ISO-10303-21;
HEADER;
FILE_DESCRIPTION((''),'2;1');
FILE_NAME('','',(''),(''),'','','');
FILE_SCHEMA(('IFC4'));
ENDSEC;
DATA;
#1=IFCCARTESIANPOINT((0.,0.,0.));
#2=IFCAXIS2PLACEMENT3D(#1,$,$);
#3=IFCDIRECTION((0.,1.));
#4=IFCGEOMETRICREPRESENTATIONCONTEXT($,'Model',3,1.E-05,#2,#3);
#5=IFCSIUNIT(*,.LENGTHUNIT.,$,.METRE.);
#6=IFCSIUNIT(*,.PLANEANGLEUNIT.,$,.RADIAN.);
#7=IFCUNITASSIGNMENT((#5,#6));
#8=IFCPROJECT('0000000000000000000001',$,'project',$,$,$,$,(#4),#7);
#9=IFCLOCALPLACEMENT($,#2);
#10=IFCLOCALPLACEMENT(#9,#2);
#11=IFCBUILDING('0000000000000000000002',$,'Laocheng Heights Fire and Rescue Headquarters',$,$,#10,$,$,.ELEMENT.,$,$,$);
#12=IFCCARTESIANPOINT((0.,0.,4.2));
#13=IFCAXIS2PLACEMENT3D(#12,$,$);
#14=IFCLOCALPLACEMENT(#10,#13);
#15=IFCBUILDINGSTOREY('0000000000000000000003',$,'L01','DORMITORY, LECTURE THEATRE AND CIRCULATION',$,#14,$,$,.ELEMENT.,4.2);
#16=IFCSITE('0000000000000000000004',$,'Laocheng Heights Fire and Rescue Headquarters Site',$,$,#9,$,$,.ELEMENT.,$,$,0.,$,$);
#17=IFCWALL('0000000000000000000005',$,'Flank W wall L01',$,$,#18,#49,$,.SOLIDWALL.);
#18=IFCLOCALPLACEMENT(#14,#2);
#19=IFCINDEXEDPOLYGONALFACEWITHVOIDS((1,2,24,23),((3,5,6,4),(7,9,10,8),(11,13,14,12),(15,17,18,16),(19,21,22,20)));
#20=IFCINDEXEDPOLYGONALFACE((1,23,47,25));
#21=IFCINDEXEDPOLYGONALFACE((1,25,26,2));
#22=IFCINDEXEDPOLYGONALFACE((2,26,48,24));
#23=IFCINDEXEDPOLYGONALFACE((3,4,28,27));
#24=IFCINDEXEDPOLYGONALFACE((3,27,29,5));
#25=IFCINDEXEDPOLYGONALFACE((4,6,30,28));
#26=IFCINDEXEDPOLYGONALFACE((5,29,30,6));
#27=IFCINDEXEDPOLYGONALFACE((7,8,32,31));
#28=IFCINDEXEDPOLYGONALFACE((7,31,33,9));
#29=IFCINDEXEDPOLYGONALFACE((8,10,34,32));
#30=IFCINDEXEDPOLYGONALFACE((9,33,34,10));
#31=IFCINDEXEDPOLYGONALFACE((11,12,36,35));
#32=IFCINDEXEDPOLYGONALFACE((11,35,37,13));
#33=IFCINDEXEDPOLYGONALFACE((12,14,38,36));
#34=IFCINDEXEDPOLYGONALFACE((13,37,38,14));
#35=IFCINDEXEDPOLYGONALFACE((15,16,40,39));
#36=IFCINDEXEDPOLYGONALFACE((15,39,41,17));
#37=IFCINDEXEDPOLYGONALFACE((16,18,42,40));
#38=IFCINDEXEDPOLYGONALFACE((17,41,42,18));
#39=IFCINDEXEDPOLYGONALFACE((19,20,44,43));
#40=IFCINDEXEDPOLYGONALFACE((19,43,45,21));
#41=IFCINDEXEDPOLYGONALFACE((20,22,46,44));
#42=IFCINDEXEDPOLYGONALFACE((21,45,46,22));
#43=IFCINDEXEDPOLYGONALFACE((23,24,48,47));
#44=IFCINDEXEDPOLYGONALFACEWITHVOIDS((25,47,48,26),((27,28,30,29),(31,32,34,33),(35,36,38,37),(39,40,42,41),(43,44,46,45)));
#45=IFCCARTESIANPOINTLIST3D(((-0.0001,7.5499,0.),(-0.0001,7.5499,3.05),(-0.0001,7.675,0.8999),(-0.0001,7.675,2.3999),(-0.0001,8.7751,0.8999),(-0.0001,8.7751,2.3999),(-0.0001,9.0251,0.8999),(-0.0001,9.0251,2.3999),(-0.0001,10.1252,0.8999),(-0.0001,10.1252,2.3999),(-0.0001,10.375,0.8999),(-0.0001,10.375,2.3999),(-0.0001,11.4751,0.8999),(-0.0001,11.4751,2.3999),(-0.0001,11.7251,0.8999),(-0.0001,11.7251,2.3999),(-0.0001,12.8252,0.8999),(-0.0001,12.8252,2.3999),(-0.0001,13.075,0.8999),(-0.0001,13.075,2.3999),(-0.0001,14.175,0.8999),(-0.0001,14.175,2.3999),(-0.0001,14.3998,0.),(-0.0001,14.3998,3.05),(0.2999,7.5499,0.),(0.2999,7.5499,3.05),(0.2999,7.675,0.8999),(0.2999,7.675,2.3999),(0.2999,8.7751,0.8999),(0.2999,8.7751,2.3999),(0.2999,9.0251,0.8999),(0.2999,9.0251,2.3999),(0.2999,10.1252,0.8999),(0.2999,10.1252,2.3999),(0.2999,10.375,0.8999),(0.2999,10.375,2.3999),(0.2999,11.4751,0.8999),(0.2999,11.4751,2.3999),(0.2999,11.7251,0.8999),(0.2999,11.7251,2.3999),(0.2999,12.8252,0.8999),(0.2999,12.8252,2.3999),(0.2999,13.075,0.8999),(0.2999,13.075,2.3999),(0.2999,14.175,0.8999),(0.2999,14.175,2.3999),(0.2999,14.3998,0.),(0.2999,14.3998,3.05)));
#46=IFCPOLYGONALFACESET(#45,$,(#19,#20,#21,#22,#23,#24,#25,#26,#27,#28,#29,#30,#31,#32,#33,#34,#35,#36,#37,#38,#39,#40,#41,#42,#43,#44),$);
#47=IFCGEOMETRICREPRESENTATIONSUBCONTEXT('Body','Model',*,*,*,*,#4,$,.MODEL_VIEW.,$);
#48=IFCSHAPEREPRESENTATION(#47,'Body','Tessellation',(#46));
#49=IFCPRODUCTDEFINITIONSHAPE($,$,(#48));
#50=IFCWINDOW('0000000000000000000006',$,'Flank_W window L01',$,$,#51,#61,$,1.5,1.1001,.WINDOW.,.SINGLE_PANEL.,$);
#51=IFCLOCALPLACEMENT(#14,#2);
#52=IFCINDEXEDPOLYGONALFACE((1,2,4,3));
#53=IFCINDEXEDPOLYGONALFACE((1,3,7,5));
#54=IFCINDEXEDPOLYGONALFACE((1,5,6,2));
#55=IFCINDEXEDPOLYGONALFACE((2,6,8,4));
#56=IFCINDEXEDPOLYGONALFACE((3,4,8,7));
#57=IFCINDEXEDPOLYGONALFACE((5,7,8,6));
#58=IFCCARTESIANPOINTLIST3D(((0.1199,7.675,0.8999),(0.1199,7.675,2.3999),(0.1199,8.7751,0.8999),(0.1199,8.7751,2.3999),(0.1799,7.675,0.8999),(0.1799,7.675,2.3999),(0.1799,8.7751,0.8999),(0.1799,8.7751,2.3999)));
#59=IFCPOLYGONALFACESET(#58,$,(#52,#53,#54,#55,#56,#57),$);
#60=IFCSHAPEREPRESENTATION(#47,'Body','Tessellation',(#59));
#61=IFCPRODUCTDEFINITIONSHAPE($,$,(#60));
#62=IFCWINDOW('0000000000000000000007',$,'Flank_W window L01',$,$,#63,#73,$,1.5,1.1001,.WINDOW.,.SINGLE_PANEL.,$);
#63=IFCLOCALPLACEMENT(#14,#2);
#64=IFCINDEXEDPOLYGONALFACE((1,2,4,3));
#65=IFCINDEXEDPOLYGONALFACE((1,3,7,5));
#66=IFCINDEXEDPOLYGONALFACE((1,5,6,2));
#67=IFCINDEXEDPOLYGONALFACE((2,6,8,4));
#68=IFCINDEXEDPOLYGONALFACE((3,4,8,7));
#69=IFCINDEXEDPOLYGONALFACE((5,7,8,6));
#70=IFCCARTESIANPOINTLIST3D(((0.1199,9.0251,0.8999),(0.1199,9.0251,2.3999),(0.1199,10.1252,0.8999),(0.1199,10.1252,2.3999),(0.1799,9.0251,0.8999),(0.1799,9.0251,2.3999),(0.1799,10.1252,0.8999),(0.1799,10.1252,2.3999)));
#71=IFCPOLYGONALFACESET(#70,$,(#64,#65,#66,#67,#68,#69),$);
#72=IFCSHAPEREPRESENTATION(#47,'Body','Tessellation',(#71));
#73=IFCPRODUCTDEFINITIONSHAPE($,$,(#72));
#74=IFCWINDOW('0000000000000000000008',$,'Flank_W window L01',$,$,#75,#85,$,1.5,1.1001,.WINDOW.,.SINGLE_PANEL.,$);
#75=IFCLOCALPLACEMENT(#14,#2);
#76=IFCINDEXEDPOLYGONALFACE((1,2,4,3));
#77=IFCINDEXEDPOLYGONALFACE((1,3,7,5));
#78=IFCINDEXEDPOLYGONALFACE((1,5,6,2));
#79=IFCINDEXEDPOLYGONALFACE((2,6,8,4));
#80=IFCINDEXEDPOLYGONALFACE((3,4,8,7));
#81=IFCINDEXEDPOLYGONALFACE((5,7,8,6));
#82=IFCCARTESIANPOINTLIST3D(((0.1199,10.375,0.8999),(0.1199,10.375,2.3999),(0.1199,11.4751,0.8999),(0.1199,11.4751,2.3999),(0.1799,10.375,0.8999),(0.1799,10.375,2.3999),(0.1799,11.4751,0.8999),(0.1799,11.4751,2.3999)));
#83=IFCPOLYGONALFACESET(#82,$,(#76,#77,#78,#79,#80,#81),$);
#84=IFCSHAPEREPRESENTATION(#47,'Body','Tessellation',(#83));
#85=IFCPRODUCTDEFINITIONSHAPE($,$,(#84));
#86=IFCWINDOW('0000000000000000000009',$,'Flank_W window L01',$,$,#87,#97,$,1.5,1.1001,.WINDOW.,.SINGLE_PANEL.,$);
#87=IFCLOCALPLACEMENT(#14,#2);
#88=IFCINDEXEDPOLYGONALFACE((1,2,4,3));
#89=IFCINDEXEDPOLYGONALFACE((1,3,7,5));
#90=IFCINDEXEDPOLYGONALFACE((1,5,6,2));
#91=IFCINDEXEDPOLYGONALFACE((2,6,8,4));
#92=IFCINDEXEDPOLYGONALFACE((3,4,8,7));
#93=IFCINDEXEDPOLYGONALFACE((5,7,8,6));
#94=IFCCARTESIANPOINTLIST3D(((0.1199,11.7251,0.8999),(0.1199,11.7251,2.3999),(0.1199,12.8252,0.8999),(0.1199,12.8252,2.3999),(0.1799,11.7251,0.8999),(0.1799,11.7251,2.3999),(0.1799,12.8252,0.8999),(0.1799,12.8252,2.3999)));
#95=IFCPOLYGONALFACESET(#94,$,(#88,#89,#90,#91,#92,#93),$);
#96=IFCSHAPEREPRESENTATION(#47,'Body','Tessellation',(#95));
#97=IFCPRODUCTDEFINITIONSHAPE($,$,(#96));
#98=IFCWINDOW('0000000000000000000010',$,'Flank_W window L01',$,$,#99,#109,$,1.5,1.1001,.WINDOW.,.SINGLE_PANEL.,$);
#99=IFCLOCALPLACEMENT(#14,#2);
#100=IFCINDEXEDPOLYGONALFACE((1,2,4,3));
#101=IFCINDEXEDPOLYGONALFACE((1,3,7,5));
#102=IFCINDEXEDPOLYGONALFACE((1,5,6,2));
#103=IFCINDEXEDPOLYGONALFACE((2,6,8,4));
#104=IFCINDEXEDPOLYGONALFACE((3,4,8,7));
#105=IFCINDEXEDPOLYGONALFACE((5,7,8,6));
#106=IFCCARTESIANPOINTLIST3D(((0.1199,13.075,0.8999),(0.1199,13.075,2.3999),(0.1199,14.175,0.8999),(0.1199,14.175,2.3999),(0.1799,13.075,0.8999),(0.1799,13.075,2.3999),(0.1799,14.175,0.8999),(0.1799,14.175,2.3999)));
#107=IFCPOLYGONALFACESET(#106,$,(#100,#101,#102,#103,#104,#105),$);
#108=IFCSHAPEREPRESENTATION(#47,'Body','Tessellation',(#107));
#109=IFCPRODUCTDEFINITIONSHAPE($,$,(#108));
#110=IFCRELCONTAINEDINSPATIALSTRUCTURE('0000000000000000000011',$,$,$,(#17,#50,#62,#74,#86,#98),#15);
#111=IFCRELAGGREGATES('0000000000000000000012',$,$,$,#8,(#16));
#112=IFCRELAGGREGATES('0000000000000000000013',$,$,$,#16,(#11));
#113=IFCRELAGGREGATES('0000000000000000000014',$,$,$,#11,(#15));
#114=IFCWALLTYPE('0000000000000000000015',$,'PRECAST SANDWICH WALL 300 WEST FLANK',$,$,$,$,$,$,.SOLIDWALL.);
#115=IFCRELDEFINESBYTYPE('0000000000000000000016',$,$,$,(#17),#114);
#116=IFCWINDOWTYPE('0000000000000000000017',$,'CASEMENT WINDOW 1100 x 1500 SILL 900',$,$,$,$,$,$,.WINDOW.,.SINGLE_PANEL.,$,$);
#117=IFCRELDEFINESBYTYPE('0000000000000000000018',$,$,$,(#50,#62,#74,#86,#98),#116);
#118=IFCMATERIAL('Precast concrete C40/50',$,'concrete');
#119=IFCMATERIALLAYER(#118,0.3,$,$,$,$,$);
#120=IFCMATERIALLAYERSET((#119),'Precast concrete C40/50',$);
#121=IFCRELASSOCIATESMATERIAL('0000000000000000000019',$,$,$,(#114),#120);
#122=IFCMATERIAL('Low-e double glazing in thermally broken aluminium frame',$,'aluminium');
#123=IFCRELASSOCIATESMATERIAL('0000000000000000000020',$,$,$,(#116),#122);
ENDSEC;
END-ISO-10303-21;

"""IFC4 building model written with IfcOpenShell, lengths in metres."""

from ifc_helpers import new_model, si_unit, direction, frame, frame_2d, origin, place, context, subcontext, project, spatial, rectangle, extrude, material, layer, layer_set, type_object, element, fill, save


model = new_model("IFC4")

# Units and contexts
model_context = context("Model", 3, precision=1e-05, world=origin(), true_north=direction((0.0, 1.0)))
body_context = subcontext(model_context, "Body", "Model", "MODEL_VIEW")
ifc_project = project(units=[si_unit("LENGTHUNIT", "METRE"), si_unit("PLANEANGLEUNIT", "RADIAN")], contexts=[model_context])

# Site, building, storey
site_placement = place(None, origin())
site = spatial("IfcSite", under=ifc_project, at=site_placement, Name="Laocheng Heights Fire and Rescue Headquarters Site", CompositionType="ELEMENT", RefElevation=0.0)
building_placement = place(site_placement, origin())
building = spatial("IfcBuilding", under=site, at=building_placement, Name="Laocheng Heights Fire and Rescue Headquarters", CompositionType="ELEMENT")
storey_placement = place(building_placement, frame((0.0, 0.0, 4.2)))
storey = spatial("IfcBuildingStorey", under=building, at=storey_placement, Name="L01", Description="DORMITORY, LECTURE THEATRE AND CIRCULATION", CompositionType="ELEMENT", Elevation=4.2)

# Wall, openings, windows
ifc_material_1 = material(Name="Precast concrete C40/50", Category="concrete")
ifc_layer_1 = layer(ifc_material_1, 0.3)
ifc_layer_set_1 = layer_set([ifc_layer_1], Name="Precast concrete C40/50")
wall_type_1 = type_object("IfcWallType", Name="PRECAST SANDWICH WALL 300 WEST FLANK", PredefinedType="SOLIDWALL", material=ifc_layer_set_1)
wall_1_placement = place(storey_placement, frame((0.1499, 7.55, 0.0), z_axis=(0.0, 0.0, 1.0), x_axis=(0.0, 1.0, 0.0)))
wall_1 = element("IfcWall", 1, at=wall_1_placement, inside=storey, type_object=wall_type_1, Name="Flank W wall L01", PredefinedType="SOLIDWALL", context=body_context, shape_type="SweptSolid", body=[
    extrude(rectangle(XDim=6.8499, YDim=0.3, at=frame_2d((3.4248, 0.0))), origin(), (0.0, 0.0, 1.0), 3.05),
])
opening_1_placement = place(wall_1_placement, frame((0.125, 0.0, 0.8999)))
opening_1 = element("IfcOpeningElement", 2, at=opening_1_placement, cuts=wall_1, PredefinedType="OPENING", context=body_context, shape_type="SweptSolid", body=[
    extrude(rectangle(XDim=1.1001, YDim=1.5, at=frame_2d((0.55, 0.75))), frame((0.0, 0.1599, 0.0), z_axis=(0.0, -1.0, 0.0), x_axis=(1.0, 0.0, 0.0)), (0.0, 0.0, 1.0), 0.3201),
])
opening_2_placement = place(wall_1_placement, frame((1.4751, 0.0, 0.8999)))
opening_2 = element("IfcOpeningElement", 3, at=opening_2_placement, cuts=wall_1, PredefinedType="OPENING", context=body_context, shape_type="SweptSolid", body=[
    extrude(rectangle(XDim=1.1001, YDim=1.5, at=frame_2d((0.55, 0.75))), frame((0.0, 0.1599, 0.0), z_axis=(0.0, -1.0, 0.0), x_axis=(1.0, 0.0, 0.0)), (0.0, 0.0, 1.0), 0.3201),
])
opening_3_placement = place(wall_1_placement, frame((2.825, 0.0, 0.8999)))
opening_3 = element("IfcOpeningElement", 4, at=opening_3_placement, cuts=wall_1, PredefinedType="OPENING", context=body_context, shape_type="SweptSolid", body=[
    extrude(rectangle(XDim=1.1001, YDim=1.5, at=frame_2d((0.55, 0.75))), frame((0.0, 0.1599, 0.0), z_axis=(0.0, -1.0, 0.0), x_axis=(1.0, 0.0, 0.0)), (0.0, 0.0, 1.0), 0.3201),
])
opening_4_placement = place(wall_1_placement, frame((4.175, 0.0, 0.8999)))
opening_4 = element("IfcOpeningElement", 5, at=opening_4_placement, cuts=wall_1, PredefinedType="OPENING", context=body_context, shape_type="SweptSolid", body=[
    extrude(rectangle(XDim=1.1001, YDim=1.5, at=frame_2d((0.55, 0.75))), frame((0.0, 0.1599, 0.0), z_axis=(0.0, -1.0, 0.0), x_axis=(1.0, 0.0, 0.0)), (0.0, 0.0, 1.0), 0.3201),
])
opening_5_placement = place(wall_1_placement, frame((5.5249, 0.0, 0.8999)))
opening_5 = element("IfcOpeningElement", 6, at=opening_5_placement, cuts=wall_1, PredefinedType="OPENING", context=body_context, shape_type="SweptSolid", body=[
    extrude(rectangle(XDim=1.1001, YDim=1.5, at=frame_2d((0.55, 0.75))), frame((0.0, 0.1599, 0.0), z_axis=(0.0, -1.0, 0.0), x_axis=(1.0, 0.0, 0.0)), (0.0, 0.0, 1.0), 0.3201),
])
ifc_material_2 = material(Name="Low-e double glazing in thermally broken aluminium frame", Category="aluminium")
window_type = type_object("IfcWindowType", Name="CASEMENT WINDOW 1100 x 1500 SILL 900", PartitioningType="SINGLE_PANEL", PredefinedType="WINDOW", material=ifc_material_2)
window_1_placement = place(opening_1_placement, origin())
window_1 = element("IfcWindow", 7, at=window_1_placement, inside=storey, type_object=window_type, Name="Flank_W window L01", OverallHeight=1.5, OverallWidth=1.1001, PartitioningType="SINGLE_PANEL", PredefinedType="WINDOW", context=body_context, shape_type="SweptSolid", body=[
    extrude(rectangle(XDim=1.1001, YDim=1.5, at=frame_2d((0.55, 0.75))), frame((0.0, 0.03, 0.0), z_axis=(0.0, -1.0, 0.0), x_axis=(1.0, 0.0, 0.0)), (0.0, 0.0, 1.0), 0.0601),
])
fill(opening_1, window_1)
window_2_placement = place(opening_2_placement, origin())
window_2 = element("IfcWindow", 8, at=window_2_placement, inside=storey, type_object=window_type, Name="Flank_W window L01", OverallHeight=1.5, OverallWidth=1.1001, PartitioningType="SINGLE_PANEL", PredefinedType="WINDOW", context=body_context, shape_type="SweptSolid", body=[
    extrude(rectangle(XDim=1.1001, YDim=1.5, at=frame_2d((0.55, 0.75))), frame((0.0, 0.03, 0.0), z_axis=(0.0, -1.0, 0.0), x_axis=(1.0, 0.0, 0.0)), (0.0, 0.0, 1.0), 0.0601),
])
fill(opening_2, window_2)
window_3_placement = place(opening_3_placement, origin())
window_3 = element("IfcWindow", 9, at=window_3_placement, inside=storey, type_object=window_type, Name="Flank_W window L01", OverallHeight=1.5, OverallWidth=1.1001, PartitioningType="SINGLE_PANEL", PredefinedType="WINDOW", context=body_context, shape_type="SweptSolid", body=[
    extrude(rectangle(XDim=1.1001, YDim=1.5, at=frame_2d((0.55, 0.75))), frame((0.0, 0.03, 0.0), z_axis=(0.0, -1.0, 0.0), x_axis=(1.0, 0.0, 0.0)), (0.0, 0.0, 1.0), 0.0601),
])
fill(opening_3, window_3)
window_4_placement = place(opening_4_placement, origin())
window_4 = element("IfcWindow", 10, at=window_4_placement, inside=storey, type_object=window_type, Name="Flank_W window L01", OverallHeight=1.5, OverallWidth=1.1001, PartitioningType="SINGLE_PANEL", PredefinedType="WINDOW", context=body_context, shape_type="SweptSolid", body=[
    extrude(rectangle(XDim=1.1001, YDim=1.5, at=frame_2d((0.55, 0.75))), frame((0.0, 0.03, 0.0), z_axis=(0.0, -1.0, 0.0), x_axis=(1.0, 0.0, 0.0)), (0.0, 0.0, 1.0), 0.0601),
])
fill(opening_4, window_4)
window_5_placement = place(opening_5_placement, origin())
window_5 = element("IfcWindow", 11, at=window_5_placement, inside=storey, type_object=window_type, Name="Flank_W window L01", OverallHeight=1.5, OverallWidth=1.1001, PartitioningType="SINGLE_PANEL", PredefinedType="WINDOW", context=body_context, shape_type="SweptSolid", body=[
    extrude(rectangle(XDim=1.1001, YDim=1.5, at=frame_2d((0.55, 0.75))), frame((0.0, 0.03, 0.0), z_axis=(0.0, -1.0, 0.0), x_axis=(1.0, 0.0, 0.0)), (0.0, 0.0, 1.0), 0.0601),
])
fill(opening_5, window_5)

save(model, "model.ifc")
